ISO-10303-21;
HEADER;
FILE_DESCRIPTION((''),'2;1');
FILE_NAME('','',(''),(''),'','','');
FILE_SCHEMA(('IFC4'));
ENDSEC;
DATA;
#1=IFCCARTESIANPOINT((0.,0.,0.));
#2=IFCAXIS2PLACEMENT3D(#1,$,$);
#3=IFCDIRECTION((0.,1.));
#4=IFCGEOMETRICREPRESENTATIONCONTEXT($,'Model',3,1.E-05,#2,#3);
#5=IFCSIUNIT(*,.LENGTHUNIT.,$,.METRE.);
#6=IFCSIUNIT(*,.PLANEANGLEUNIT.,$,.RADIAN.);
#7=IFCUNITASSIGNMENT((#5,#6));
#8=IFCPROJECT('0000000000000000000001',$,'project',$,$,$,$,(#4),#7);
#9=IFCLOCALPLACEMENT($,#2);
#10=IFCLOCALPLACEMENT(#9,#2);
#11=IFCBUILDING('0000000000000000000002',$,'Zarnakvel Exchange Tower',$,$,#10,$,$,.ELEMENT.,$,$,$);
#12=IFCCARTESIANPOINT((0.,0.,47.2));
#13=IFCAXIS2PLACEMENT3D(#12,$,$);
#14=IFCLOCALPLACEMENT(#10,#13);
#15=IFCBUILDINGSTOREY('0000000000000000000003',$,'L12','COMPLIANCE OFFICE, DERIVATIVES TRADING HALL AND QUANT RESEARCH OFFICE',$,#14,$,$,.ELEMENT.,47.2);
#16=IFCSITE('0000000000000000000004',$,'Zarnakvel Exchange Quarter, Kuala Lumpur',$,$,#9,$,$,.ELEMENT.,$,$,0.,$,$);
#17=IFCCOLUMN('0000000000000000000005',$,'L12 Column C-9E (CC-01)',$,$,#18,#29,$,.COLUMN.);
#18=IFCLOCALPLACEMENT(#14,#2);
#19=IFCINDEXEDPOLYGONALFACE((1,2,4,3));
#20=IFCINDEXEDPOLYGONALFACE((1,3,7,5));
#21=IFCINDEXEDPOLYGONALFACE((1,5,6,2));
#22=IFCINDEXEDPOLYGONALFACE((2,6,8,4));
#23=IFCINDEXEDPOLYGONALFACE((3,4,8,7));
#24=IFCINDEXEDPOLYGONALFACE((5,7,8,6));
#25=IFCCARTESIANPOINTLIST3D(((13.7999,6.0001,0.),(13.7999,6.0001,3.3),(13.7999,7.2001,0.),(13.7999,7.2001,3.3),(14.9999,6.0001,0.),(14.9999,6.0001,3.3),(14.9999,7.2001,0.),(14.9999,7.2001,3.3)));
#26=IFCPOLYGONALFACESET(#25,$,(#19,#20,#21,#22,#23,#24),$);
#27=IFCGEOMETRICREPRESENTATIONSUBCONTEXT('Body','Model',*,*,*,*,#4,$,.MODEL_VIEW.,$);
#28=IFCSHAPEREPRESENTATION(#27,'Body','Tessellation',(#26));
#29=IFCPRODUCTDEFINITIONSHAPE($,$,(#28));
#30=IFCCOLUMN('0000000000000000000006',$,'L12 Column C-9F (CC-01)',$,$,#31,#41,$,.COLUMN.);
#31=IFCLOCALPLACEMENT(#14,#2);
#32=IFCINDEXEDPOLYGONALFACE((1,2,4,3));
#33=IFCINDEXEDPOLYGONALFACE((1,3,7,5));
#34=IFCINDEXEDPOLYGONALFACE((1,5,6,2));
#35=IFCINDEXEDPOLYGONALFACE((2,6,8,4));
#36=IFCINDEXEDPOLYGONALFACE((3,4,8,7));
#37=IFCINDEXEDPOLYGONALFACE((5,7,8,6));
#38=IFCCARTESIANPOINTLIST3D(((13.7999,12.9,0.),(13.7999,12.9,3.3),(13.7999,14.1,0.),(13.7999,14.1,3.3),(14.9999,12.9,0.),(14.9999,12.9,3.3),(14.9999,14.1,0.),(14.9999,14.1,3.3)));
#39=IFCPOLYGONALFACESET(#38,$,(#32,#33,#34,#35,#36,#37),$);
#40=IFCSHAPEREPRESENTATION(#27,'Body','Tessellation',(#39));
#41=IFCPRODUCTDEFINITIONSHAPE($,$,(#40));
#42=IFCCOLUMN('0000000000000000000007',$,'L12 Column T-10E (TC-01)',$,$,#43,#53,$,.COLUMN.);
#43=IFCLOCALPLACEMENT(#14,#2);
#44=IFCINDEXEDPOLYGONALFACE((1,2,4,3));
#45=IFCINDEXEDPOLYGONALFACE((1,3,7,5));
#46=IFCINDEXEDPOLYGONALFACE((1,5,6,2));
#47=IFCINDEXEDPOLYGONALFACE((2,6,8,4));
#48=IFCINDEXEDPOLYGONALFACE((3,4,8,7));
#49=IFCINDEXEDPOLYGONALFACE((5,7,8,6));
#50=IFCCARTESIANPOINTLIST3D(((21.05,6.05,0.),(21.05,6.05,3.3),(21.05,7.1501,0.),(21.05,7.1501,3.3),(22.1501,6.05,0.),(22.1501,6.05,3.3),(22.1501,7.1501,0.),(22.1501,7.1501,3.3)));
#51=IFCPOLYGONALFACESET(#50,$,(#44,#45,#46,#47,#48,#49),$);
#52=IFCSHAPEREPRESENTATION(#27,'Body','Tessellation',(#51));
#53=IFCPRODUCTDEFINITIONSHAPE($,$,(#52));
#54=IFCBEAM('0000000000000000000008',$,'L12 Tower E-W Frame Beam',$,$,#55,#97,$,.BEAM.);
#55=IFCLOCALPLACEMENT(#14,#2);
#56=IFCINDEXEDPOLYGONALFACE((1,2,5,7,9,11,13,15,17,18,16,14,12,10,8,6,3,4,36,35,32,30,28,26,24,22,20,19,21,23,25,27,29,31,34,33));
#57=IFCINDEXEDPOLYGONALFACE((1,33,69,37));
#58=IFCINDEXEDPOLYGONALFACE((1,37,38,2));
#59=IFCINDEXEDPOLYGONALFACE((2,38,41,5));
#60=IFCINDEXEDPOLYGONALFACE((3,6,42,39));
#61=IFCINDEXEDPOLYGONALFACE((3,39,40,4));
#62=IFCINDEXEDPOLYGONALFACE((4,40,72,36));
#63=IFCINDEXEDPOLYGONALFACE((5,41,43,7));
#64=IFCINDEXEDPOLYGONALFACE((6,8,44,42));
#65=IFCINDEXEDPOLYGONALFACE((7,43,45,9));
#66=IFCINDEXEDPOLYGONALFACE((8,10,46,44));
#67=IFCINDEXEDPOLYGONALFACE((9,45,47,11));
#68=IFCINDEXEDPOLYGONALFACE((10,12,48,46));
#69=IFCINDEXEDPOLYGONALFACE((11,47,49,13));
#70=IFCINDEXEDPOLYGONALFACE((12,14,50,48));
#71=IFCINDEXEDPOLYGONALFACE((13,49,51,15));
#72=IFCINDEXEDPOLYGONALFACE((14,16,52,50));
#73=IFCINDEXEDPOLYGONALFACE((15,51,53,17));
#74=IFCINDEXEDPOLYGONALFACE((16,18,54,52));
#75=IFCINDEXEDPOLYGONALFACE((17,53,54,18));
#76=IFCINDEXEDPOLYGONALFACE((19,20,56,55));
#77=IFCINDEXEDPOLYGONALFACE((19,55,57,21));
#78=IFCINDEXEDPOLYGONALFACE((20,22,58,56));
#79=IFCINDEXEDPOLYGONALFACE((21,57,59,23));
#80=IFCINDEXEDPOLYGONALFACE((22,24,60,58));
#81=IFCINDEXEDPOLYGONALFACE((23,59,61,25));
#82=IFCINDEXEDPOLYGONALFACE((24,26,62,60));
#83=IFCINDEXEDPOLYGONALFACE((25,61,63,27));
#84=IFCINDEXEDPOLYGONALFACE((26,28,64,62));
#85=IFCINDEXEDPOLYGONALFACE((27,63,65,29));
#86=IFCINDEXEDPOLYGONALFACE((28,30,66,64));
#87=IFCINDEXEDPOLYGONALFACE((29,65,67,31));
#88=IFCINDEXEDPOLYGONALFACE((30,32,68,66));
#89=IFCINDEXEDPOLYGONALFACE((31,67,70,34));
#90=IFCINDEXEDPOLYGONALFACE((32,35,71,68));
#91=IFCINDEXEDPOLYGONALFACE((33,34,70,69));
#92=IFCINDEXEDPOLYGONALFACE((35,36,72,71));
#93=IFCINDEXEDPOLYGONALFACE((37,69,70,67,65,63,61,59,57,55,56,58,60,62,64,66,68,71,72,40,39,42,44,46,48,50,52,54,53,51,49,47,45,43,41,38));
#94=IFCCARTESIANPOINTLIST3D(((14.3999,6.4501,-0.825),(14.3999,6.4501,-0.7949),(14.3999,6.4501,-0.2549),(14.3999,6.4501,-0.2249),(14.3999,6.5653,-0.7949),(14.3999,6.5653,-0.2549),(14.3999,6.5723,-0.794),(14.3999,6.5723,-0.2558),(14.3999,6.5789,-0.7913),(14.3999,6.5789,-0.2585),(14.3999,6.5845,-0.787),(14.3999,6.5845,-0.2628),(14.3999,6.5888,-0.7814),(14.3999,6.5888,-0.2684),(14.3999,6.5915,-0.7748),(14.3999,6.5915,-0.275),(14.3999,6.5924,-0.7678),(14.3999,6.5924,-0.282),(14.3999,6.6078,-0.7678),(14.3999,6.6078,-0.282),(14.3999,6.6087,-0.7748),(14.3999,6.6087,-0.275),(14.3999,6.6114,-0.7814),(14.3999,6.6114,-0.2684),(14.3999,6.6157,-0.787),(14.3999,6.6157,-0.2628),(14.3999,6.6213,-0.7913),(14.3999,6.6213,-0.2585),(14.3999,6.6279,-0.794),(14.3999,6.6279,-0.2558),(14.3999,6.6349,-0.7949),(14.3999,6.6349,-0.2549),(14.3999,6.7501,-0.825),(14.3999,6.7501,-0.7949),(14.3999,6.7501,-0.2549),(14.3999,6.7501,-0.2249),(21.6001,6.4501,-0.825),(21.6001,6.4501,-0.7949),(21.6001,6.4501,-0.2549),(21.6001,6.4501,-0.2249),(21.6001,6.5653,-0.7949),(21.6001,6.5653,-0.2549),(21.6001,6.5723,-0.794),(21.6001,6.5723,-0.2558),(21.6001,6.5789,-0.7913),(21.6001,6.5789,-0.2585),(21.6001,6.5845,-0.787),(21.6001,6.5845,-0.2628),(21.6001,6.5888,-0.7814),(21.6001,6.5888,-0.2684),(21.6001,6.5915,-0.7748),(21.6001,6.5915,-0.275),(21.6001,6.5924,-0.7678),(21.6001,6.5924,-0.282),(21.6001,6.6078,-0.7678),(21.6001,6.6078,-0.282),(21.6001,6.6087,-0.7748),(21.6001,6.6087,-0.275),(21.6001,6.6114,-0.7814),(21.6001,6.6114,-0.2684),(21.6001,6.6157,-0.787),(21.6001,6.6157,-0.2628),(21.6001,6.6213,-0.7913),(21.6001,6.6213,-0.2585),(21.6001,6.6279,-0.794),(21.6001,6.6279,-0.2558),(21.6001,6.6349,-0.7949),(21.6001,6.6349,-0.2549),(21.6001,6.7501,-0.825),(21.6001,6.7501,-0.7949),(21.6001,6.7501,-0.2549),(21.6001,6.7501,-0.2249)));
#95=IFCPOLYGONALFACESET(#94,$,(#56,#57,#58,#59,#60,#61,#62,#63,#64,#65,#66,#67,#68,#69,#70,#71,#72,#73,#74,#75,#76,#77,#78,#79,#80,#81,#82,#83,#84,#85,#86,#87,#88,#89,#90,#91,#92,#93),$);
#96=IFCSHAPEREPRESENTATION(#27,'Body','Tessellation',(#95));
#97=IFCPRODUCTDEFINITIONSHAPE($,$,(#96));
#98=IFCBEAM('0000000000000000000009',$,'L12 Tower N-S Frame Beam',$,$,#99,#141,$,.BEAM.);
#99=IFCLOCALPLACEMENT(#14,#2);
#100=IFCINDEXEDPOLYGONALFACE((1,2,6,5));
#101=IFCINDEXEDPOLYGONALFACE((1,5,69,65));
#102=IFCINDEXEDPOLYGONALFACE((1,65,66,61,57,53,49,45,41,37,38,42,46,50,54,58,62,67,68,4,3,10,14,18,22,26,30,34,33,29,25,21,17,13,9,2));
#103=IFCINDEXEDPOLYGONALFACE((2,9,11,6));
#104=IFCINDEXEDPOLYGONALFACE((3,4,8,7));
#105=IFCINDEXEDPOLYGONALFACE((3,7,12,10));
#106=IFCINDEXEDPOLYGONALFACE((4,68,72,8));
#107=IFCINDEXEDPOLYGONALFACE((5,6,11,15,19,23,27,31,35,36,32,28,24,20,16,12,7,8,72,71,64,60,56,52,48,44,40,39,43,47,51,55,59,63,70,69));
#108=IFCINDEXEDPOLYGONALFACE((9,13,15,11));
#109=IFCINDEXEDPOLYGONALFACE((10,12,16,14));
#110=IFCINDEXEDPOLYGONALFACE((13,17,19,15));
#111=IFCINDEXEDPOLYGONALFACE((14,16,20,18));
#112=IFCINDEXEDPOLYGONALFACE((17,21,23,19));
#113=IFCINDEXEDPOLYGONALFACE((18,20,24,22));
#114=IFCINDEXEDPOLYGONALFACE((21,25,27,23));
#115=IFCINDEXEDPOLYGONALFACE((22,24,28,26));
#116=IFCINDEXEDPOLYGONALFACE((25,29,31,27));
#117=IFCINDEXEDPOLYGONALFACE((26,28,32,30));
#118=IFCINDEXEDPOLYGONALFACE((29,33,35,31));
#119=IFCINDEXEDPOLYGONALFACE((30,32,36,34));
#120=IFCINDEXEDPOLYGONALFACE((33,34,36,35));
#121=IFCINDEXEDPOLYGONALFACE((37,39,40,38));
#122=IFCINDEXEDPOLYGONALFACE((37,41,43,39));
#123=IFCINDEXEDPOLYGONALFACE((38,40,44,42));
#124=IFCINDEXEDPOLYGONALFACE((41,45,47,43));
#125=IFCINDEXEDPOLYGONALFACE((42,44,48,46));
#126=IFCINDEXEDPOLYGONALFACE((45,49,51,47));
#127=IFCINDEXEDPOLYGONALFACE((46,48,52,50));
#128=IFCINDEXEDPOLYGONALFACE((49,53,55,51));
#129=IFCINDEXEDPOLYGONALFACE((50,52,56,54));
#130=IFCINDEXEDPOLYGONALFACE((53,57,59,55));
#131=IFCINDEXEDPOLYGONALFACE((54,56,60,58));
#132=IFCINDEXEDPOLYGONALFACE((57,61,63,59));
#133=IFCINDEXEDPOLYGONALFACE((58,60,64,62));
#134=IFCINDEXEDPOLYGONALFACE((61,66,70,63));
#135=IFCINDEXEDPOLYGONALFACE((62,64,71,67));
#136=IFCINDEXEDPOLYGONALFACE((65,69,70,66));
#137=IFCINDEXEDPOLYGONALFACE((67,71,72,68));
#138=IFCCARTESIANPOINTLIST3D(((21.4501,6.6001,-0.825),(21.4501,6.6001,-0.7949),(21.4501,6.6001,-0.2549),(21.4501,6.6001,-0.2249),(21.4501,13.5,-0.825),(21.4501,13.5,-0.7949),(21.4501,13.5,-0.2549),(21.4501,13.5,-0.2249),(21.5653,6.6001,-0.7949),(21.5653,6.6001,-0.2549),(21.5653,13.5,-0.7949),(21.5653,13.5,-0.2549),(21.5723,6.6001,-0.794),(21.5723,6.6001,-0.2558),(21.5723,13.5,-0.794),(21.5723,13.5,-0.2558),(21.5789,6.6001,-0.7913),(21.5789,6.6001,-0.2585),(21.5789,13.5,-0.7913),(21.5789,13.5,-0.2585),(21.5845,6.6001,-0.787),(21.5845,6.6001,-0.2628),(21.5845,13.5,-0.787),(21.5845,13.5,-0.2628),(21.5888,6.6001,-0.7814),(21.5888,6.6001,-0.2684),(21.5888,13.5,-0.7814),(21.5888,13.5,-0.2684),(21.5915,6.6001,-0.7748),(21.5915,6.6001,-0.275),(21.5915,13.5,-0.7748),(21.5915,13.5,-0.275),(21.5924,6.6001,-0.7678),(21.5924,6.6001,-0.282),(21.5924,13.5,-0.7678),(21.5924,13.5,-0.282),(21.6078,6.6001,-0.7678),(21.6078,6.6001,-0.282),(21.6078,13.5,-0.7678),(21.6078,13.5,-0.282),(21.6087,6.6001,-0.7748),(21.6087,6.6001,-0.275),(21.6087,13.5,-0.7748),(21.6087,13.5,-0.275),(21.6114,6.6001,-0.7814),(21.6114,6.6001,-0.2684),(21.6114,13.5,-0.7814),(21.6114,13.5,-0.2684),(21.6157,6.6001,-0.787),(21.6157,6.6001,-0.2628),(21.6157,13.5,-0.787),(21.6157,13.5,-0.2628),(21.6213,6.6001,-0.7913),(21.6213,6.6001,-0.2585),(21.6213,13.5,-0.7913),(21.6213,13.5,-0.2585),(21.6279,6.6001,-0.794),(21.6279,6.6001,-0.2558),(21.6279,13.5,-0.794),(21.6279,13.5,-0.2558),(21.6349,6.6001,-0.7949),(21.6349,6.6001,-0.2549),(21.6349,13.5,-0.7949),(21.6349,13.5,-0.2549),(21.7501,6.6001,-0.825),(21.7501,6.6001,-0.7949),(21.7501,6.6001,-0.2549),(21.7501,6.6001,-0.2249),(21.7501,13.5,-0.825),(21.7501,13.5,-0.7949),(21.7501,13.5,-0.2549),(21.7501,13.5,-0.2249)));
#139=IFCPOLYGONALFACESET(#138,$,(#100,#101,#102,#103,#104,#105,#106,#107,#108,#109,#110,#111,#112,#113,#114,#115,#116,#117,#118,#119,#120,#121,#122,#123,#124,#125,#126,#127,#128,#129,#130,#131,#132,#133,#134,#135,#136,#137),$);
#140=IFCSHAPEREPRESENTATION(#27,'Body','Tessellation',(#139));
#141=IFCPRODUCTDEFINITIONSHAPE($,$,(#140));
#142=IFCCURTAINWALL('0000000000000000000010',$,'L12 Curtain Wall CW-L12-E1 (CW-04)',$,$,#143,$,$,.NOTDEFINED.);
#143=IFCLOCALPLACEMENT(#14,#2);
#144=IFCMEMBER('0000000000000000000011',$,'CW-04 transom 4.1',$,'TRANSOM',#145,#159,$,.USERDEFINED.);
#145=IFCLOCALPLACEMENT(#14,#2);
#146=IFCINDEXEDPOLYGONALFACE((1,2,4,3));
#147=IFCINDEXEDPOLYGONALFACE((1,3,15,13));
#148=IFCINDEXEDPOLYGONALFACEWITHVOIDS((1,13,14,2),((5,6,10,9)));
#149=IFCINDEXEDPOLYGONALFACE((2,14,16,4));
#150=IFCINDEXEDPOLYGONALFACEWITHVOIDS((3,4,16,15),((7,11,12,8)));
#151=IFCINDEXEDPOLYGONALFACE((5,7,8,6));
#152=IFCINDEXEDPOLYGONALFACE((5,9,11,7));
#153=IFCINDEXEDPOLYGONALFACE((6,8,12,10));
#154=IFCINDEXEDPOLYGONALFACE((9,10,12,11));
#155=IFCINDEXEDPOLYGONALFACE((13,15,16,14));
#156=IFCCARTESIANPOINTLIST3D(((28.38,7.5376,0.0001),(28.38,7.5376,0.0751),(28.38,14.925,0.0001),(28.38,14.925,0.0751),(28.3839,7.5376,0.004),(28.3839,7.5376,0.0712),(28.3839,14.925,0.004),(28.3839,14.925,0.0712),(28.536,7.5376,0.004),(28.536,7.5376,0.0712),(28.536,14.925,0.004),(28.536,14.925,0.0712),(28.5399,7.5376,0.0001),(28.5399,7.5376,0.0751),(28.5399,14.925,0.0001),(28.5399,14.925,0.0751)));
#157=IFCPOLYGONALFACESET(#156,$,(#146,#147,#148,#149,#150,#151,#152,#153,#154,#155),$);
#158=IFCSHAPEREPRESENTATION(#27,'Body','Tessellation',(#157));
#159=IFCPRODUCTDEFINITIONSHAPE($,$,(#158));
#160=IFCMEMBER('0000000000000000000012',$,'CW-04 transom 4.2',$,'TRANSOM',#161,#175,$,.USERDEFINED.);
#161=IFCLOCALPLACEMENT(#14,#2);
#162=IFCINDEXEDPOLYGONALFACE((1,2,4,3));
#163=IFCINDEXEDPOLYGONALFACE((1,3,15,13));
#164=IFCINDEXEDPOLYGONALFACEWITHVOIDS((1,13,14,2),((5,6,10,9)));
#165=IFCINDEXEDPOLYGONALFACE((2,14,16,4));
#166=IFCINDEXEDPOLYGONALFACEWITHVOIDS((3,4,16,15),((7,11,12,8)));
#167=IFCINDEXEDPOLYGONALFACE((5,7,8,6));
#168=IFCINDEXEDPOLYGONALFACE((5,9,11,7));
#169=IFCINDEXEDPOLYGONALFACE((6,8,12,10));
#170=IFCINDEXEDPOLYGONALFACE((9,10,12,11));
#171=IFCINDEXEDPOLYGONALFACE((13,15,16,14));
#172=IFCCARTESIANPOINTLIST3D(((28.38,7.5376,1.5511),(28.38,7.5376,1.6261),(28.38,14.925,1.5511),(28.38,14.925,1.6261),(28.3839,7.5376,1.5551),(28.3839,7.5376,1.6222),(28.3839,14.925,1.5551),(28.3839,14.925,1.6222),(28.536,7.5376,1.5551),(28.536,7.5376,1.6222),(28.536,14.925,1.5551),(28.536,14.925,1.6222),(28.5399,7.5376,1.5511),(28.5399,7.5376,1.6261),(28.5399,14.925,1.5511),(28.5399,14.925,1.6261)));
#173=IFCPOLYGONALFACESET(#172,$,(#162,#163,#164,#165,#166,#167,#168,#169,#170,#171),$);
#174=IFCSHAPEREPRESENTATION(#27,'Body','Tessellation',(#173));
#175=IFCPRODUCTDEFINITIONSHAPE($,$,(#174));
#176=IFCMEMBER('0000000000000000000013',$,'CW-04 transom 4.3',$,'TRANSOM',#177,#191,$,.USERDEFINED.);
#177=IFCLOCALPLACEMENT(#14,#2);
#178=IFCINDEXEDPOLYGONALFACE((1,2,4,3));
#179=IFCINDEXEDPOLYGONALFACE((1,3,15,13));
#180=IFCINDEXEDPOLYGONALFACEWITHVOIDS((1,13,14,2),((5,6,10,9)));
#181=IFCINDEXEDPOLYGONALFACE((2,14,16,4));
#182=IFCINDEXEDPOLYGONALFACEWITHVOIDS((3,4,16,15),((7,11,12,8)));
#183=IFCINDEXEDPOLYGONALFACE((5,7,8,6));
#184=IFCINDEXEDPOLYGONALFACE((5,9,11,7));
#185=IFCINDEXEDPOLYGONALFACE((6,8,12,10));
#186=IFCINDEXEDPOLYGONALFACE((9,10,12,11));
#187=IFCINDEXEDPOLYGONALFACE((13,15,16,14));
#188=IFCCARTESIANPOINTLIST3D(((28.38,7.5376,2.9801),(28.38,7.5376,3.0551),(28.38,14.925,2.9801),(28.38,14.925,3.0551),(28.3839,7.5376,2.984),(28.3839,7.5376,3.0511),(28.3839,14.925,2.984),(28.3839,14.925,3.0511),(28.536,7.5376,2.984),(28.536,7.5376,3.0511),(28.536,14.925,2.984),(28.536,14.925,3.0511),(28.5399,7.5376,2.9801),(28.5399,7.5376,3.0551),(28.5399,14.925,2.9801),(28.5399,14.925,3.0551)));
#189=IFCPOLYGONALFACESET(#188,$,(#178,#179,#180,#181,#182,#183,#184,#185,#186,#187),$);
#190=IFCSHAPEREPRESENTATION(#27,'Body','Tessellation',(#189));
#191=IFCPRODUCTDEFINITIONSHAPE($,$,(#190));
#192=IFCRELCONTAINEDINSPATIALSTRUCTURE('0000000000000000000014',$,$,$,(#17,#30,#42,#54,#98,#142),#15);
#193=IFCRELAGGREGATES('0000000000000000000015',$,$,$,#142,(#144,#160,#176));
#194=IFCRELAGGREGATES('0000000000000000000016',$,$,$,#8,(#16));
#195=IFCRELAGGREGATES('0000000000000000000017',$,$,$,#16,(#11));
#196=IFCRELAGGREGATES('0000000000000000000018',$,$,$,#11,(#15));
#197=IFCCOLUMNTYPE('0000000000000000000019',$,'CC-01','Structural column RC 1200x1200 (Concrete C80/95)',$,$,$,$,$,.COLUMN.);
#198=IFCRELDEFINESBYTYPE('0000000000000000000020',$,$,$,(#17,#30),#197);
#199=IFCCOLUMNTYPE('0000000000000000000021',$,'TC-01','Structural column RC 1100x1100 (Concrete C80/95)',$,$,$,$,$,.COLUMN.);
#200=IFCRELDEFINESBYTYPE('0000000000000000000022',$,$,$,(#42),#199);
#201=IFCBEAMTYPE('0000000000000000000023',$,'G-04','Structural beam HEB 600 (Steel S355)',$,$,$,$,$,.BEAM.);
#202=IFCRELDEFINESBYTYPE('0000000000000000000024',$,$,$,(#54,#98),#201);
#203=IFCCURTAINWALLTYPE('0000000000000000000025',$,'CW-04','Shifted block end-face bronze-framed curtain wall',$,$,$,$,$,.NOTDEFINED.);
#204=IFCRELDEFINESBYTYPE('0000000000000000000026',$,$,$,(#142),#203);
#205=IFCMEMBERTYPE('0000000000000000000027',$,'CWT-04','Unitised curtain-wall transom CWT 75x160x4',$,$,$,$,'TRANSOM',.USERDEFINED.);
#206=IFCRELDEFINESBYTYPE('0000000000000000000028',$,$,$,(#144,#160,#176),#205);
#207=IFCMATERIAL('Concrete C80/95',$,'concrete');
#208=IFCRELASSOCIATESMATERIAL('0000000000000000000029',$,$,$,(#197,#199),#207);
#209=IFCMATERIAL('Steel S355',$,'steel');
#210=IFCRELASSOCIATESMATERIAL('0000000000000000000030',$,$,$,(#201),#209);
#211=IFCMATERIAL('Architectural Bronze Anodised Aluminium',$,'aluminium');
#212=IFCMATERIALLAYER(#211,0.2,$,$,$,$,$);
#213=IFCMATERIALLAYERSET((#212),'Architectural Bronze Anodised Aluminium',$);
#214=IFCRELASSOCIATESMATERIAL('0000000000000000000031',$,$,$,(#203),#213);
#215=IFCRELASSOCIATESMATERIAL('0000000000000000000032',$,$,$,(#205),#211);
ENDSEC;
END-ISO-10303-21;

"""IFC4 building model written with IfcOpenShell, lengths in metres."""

from ifc_helpers import new_model, si_unit, direction, frame, origin, origin_2d, place, context, subcontext, project, spatial, rectangle, hollow_rectangle, i_section, extrude, source, transform, mapped, material, layer, layer_set, material_profile, profile_set, type_object, element, aggregate, save


model = new_model("IFC4")

# Units and contexts
model_context = context("Model", 3, precision=1e-05, world=origin(), true_north=direction((0.0, 1.0)))
body_context = subcontext(model_context, "Body", "Model", "MODEL_VIEW")
ifc_project = project(units=[si_unit("LENGTHUNIT", "METRE"), si_unit("PLANEANGLEUNIT", "RADIAN")], contexts=[model_context])

# Site, building, storey
site_placement = place(None, origin())
site = spatial("IfcSite", under=ifc_project, at=site_placement, Name="Zarnakvel Exchange Quarter, Kuala Lumpur", CompositionType="ELEMENT", RefElevation=0.0)
building_placement = place(site_placement, origin())
building = spatial("IfcBuilding", under=site, at=building_placement, Name="Zarnakvel Exchange Tower", CompositionType="ELEMENT")
storey_placement = place(building_placement, frame((0.0, 0.0, 47.2)))
storey = spatial("IfcBuildingStorey", under=building, at=storey_placement, Name="L12", Description="COMPLIANCE OFFICE, DERIVATIVES TRADING HALL AND QUANT RESEARCH OFFICE", CompositionType="ELEMENT", Elevation=47.2)

# Columns
ifc_material_1 = material(Name="Concrete C80/95", Category="concrete")
ifc_material_profile_1 = material_profile(ifc_material_1, rectangle(XDim=1.2, YDim=1.2, at=origin_2d()))
ifc_profile_set_1 = profile_set([ifc_material_profile_1], Name="Concrete C80/95")
column_type_1 = type_object("IfcColumnType", Name="CC-01", Description="Structural column RC 1200x1200 (Concrete C80/95)", PredefinedType="COLUMN", material=ifc_profile_set_1)
for number, where, z_axis, x_axis, name in (
    (1, (14.3999, 6.6001, 0.0), (0.0, 0.0, 1.0), (1.0, 0.0, 0.0), "L12 Column C-9E (CC-01)"),
    (2, (14.3999, 13.5, 0.0), (0.0, 0.0, 1.0), (1.0, 0.0, 0.0), "L12 Column C-9F (CC-01)"),
):
    element("IfcColumn", number, at=place(storey_placement, frame(where, z_axis=z_axis, x_axis=x_axis)), inside=storey, type_object=column_type_1, Name=name, PredefinedType="COLUMN", context=body_context, shape_type="SweptSolid", body=[
        extrude(rectangle(XDim=1.2, YDim=1.2, at=origin_2d()), origin(), (0.0, 0.0, 1.0), 3.3),
    ])
ifc_material_profile_2 = material_profile(ifc_material_1, rectangle(XDim=1.1001, YDim=1.1001, at=origin_2d()))
ifc_profile_set_2 = profile_set([ifc_material_profile_2], Name="Concrete C80/95")
column_type_2 = type_object("IfcColumnType", Name="TC-01", Description="Structural column RC 1100x1100 (Concrete C80/95)", PredefinedType="COLUMN", material=ifc_profile_set_2)
column_placement = place(storey_placement, frame((21.6001, 6.6001, 0.0), z_axis=(0.0, 0.0, 1.0), x_axis=(1.0, 0.0, 0.0)))
element("IfcColumn", 3, at=column_placement, inside=storey, type_object=column_type_2, Name="L12 Column T-10E (TC-01)", PredefinedType="COLUMN", context=body_context, shape_type="SweptSolid", body=[
    extrude(rectangle(XDim=1.1001, YDim=1.1001, at=origin_2d()), origin(), (0.0, 0.0, 1.0), 3.3),
])

# Beams
ifc_material_2 = material(Name="Steel S355", Category="steel")
ifc_material_profile_3 = material_profile(ifc_material_2, i_section(OverallWidth=0.3, OverallDepth=0.6001, WebThickness=0.0154, FlangeThickness=0.03, FilletRadius=0.0271, at=origin_2d()))
ifc_profile_set_3 = profile_set([ifc_material_profile_3], Name="Steel S355")
beam_type = type_object("IfcBeamType", Name="G-04", Description="Structural beam HEB 600 (Steel S355)", PredefinedType="BEAM", material=ifc_profile_set_3)
beam_1_placement = place(storey_placement, frame((14.3999, 6.6001, -0.5249), z_axis=(1.0, 0.0, 0.0), x_axis=(0.0, 1.0, 0.0)))
element("IfcBeam", 4, at=beam_1_placement, inside=storey, type_object=beam_type, Name="L12 Tower E-W Frame Beam", PredefinedType="BEAM", context=body_context, shape_type="SweptSolid", body=[
    extrude(i_section(OverallWidth=0.3, OverallDepth=0.6001, WebThickness=0.0154, FlangeThickness=0.03, FilletRadius=0.0271, at=origin_2d()), origin(), (0.0, 0.0, 1.0), 7.2002),
])
beam_2_placement = place(storey_placement, frame((21.6001, 6.6001, -0.5249), z_axis=(0.0, 1.0, 0.0), x_axis=(-1.0, 0.0, 0.0)))
element("IfcBeam", 5, at=beam_2_placement, inside=storey, type_object=beam_type, Name="L12 Tower N-S Frame Beam", PredefinedType="BEAM", context=body_context, shape_type="SweptSolid", body=[
    extrude(i_section(OverallWidth=0.3, OverallDepth=0.6001, WebThickness=0.0154, FlangeThickness=0.03, FilletRadius=0.0271, at=origin_2d()), origin(), (0.0, 0.0, 1.0), 6.8999),
])

# Curtain wall, members
ifc_material_3 = material(Name="Architectural Bronze Anodised Aluminium", Category="aluminium")
ifc_layer_1 = layer(ifc_material_3, 0.2)
ifc_layer_set_1 = layer_set([ifc_layer_1], Name="Architectural Bronze Anodised Aluminium")
curtain_wall_type = type_object("IfcCurtainWallType", Name="CW-04", Description="Shifted block end-face bronze-framed curtain wall", PredefinedType="NOTDEFINED", material=ifc_layer_set_1)
curtain_wall_placement = place(storey_placement, origin())
curtain_wall = element("IfcCurtainWall", 6, at=curtain_wall_placement, inside=storey, type_object=curtain_wall_type, Name="L12 Curtain Wall CW-L12-E1 (CW-04)", PredefinedType="NOTDEFINED")
ifc_material_profile_4 = material_profile(ifc_material_3, hollow_rectangle(XDim=0.1599, YDim=0.075, WallThickness=0.0039, at=origin_2d()))
ifc_profile_set_4 = profile_set([ifc_material_profile_4], Name="Architectural Bronze Anodised Aluminium")
member_type_1 = type_object("IfcMemberType", Name="CWT-04", Description="Unitised curtain-wall transom CWT 75x160x4", ElementType="TRANSOM", PredefinedType="USERDEFINED", material=ifc_profile_set_4)
shared_shape_1 = source(origin(), body_context, "Body", "SweptSolid", [
    extrude(hollow_rectangle(XDim=0.1599, YDim=0.075, WallThickness=0.0039, at=origin_2d()), origin(), (0.0, 0.0, 1.0), 7.3875),
])
member_1_placement = place(storey_placement, frame((28.46, 7.5376, 0.0376), z_axis=(0.0, 1.0, 0.0), x_axis=(-1.0, 0.0, 0.0)))
member_1 = element("IfcMember", 7, at=member_1_placement, type_object=member_type_1, Name="CW-04 transom 4.1", ObjectType="TRANSOM", PredefinedType="USERDEFINED", context=body_context, shape_type="MappedRepresentation", body=[
    mapped(shared_shape_1, transform((0.0, 0.0, 0.0), x_axis=(1.0, 0.0, 0.0), y_axis=(0.0, 1.0, 0.0), z_axis=(0.0, 0.0, 1.0), scale=1.0)),
])
member_2_placement = place(storey_placement, frame((28.46, 7.5376, 1.5886), z_axis=(0.0, 1.0, 0.0), x_axis=(-1.0, 0.0, 0.0)))
member_2 = element("IfcMember", 8, at=member_2_placement, type_object=member_type_1, Name="CW-04 transom 4.2", ObjectType="TRANSOM", PredefinedType="USERDEFINED", context=body_context, shape_type="MappedRepresentation", body=[
    mapped(shared_shape_1, transform((0.0, 0.0, 0.0), x_axis=(1.0, 0.0, 0.0), y_axis=(0.0, 1.0, 0.0), z_axis=(0.0, 0.0, 1.0), scale=1.0)),
])
member_3_placement = place(storey_placement, frame((28.46, 7.5376, 3.0176), z_axis=(0.0, 1.0, 0.0), x_axis=(-1.0, 0.0, 0.0)))
member_3 = element("IfcMember", 9, at=member_3_placement, type_object=member_type_1, Name="CW-04 transom 4.3", ObjectType="TRANSOM", PredefinedType="USERDEFINED", context=body_context, shape_type="MappedRepresentation", body=[
    mapped(shared_shape_1, transform((0.0, 0.0, 0.0), x_axis=(1.0, 0.0, 0.0), y_axis=(0.0, 1.0, 0.0), z_axis=(0.0, 0.0, 1.0), scale=1.0)),
])
aggregate(curtain_wall, [member_1, member_2, member_3])

save(model, "model.ifc")
